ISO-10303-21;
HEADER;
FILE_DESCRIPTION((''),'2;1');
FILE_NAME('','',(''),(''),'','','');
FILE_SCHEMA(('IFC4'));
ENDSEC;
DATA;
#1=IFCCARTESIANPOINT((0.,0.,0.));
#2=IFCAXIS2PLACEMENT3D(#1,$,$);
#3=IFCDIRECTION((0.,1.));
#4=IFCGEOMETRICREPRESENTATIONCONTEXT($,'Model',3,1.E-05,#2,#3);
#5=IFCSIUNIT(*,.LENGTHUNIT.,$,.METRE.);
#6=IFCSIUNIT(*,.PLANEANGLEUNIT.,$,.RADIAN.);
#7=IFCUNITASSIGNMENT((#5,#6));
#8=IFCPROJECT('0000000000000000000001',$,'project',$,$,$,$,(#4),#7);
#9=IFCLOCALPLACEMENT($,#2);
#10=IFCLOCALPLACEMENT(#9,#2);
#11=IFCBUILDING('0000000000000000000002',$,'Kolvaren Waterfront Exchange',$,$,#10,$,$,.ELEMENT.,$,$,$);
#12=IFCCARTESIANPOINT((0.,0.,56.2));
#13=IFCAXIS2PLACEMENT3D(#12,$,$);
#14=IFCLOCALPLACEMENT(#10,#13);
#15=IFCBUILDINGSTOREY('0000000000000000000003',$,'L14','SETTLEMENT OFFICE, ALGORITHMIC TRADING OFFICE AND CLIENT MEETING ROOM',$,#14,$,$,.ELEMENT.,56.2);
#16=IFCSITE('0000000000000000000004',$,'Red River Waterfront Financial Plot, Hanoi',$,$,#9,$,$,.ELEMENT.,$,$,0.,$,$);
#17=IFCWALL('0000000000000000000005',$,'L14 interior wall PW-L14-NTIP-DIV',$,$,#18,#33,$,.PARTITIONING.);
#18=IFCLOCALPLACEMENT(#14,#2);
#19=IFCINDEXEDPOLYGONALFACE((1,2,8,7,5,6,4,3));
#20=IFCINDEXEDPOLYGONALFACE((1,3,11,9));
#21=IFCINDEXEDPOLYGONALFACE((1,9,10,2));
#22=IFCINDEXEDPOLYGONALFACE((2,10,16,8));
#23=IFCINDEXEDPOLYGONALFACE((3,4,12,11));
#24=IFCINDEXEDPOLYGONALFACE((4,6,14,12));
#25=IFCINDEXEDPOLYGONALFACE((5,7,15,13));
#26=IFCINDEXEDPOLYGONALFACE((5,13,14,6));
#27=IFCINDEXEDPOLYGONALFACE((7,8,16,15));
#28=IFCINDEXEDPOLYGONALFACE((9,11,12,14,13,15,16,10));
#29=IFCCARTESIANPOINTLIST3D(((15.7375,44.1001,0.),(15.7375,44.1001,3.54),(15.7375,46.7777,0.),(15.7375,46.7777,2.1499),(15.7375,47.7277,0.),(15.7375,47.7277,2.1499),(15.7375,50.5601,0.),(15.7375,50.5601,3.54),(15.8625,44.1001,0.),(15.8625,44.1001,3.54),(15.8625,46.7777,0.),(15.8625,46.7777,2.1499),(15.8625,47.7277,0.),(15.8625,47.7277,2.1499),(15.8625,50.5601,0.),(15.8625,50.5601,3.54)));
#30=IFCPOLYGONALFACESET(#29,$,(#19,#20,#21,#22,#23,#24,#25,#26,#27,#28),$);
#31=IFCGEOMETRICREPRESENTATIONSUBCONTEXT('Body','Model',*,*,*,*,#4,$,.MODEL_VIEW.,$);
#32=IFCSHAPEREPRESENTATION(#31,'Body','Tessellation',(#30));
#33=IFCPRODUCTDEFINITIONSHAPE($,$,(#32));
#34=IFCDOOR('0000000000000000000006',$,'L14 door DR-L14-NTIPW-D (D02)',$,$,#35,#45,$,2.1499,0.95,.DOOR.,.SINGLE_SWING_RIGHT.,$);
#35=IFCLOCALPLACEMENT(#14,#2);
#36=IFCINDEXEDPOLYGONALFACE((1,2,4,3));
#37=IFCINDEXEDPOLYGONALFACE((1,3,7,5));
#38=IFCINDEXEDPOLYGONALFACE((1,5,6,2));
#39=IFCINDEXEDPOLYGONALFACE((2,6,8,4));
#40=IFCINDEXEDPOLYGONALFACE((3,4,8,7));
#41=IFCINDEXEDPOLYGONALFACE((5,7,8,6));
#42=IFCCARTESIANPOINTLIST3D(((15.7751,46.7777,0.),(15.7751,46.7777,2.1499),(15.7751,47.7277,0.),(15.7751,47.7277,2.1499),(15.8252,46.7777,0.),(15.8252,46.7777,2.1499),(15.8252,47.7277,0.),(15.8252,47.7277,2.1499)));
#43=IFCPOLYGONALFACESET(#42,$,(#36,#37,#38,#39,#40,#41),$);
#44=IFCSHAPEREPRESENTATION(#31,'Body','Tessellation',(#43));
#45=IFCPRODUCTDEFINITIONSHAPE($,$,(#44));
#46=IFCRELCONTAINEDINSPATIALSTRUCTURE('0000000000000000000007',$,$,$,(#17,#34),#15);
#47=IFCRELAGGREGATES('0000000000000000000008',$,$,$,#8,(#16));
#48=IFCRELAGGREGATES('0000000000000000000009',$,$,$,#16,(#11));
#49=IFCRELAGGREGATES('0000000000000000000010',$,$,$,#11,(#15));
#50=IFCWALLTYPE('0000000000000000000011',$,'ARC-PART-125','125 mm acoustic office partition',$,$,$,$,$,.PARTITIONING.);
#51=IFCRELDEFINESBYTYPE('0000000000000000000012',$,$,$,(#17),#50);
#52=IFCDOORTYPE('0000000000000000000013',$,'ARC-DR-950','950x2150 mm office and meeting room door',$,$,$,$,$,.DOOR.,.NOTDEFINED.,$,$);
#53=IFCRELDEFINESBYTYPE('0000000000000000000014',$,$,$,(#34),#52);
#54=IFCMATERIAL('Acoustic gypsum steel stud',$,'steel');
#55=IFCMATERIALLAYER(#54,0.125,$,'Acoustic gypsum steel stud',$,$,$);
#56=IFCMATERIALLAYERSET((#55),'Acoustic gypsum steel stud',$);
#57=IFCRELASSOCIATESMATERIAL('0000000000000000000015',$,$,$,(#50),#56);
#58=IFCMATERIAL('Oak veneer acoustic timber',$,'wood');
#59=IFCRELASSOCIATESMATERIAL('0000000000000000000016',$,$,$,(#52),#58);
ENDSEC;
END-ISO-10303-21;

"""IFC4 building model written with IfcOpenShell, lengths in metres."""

from ifc_helpers import new_model, si_unit, direction, frame, frame_2d, origin, place, context, subcontext, project, spatial, rectangle, extrude, material, layer, layer_set, type_object, element, fill, save


model = new_model("IFC4")

# Units and contexts
model_context = context("Model", 3, precision=1e-05, world=origin(), true_north=direction((0.0, 1.0)))
body_context = subcontext(model_context, "Body", "Model", "MODEL_VIEW")
ifc_project = project(units=[si_unit("LENGTHUNIT", "METRE"), si_unit("PLANEANGLEUNIT", "RADIAN")], contexts=[model_context])

# Site, building, storey
site_placement = place(None, origin())
site = spatial("IfcSite", under=ifc_project, at=site_placement, Name="Red River Waterfront Financial Plot, Hanoi", CompositionType="ELEMENT", RefElevation=0.0)
building_placement = place(site_placement, origin())
building = spatial("IfcBuilding", under=site, at=building_placement, Name="Kolvaren Waterfront Exchange", CompositionType="ELEMENT")
storey_placement = place(building_placement, frame((0.0, 0.0, 56.2)))
storey = spatial("IfcBuildingStorey", under=building, at=storey_placement, Name="L14", Description="SETTLEMENT OFFICE, ALGORITHMIC TRADING OFFICE AND CLIENT MEETING ROOM", CompositionType="ELEMENT", Elevation=56.2)

# Shared definitions
ifc_material_1 = material(Name="Acoustic gypsum steel stud", Category="steel")
ifc_layer_1 = layer(ifc_material_1, 0.125, Name="Acoustic gypsum steel stud")
ifc_layer_set_1 = layer_set([ifc_layer_1], Name="Acoustic gypsum steel stud")
wall_type_1 = type_object("IfcWallType", Name="ARC-PART-125", Description="125 mm acoustic office partition", PredefinedType="PARTITIONING", material=ifc_layer_set_1)

# Wall, opening, door
wall_1_placement = place(storey_placement, frame((15.8, 44.1001, 0.0), z_axis=(0.0, 0.0, 1.0), x_axis=(0.0, 1.0, 0.0)))
wall_1 = element("IfcWall", 1, at=wall_1_placement, inside=storey, type_object=wall_type_1, Name="L14 interior wall PW-L14-NTIP-DIV", PredefinedType="PARTITIONING", context=body_context, shape_type="SweptSolid", body=[
    extrude(rectangle(XDim=6.46, YDim=0.125, at=frame_2d((3.23, 0.0))), origin(), (0.0, 0.0, 1.0), 3.54),
])
opening_1_placement = place(wall_1_placement, frame((2.6775, 0.0, 0.0)))
opening_1 = element("IfcOpeningElement", 2, at=opening_1_placement, cuts=wall_1, PredefinedType="OPENING", context=body_context, shape_type="SweptSolid", body=[
    extrude(rectangle(XDim=0.95, YDim=2.1499, at=frame_2d((0.4751, 1.075))), frame((0.0, 0.0725, 0.0), z_axis=(0.0, -1.0, 0.0), x_axis=(1.0, 0.0, 0.0)), (0.0, 0.0, 1.0), 0.145),
])
ifc_material_2 = material(Name="Oak veneer acoustic timber", Category="wood")
door_type_1 = type_object("IfcDoorType", Name="ARC-DR-950", Description="950x2150 mm office and meeting room door", OperationType="NOTDEFINED", PredefinedType="DOOR", material=ifc_material_2)
door_1_placement = place(opening_1_placement, origin())
door_1 = element("IfcDoor", 3, at=door_1_placement, inside=storey, type_object=door_type_1, Name="L14 door DR-L14-NTIPW-D (D02)", OperationType="SINGLE_SWING_RIGHT", OverallHeight=2.1499, OverallWidth=0.95, PredefinedType="DOOR", context=body_context, shape_type="SweptSolid", body=[
    extrude(rectangle(XDim=0.95, YDim=2.1499, at=frame_2d((0.4751, 1.075))), frame((0.0, 0.0249, 0.0), z_axis=(0.0, -1.0, 0.0), x_axis=(1.0, 0.0, 0.0)), (0.0, 0.0, 1.0), 0.05),
])
fill(opening_1, door_1)

save(model, "model.ifc")
